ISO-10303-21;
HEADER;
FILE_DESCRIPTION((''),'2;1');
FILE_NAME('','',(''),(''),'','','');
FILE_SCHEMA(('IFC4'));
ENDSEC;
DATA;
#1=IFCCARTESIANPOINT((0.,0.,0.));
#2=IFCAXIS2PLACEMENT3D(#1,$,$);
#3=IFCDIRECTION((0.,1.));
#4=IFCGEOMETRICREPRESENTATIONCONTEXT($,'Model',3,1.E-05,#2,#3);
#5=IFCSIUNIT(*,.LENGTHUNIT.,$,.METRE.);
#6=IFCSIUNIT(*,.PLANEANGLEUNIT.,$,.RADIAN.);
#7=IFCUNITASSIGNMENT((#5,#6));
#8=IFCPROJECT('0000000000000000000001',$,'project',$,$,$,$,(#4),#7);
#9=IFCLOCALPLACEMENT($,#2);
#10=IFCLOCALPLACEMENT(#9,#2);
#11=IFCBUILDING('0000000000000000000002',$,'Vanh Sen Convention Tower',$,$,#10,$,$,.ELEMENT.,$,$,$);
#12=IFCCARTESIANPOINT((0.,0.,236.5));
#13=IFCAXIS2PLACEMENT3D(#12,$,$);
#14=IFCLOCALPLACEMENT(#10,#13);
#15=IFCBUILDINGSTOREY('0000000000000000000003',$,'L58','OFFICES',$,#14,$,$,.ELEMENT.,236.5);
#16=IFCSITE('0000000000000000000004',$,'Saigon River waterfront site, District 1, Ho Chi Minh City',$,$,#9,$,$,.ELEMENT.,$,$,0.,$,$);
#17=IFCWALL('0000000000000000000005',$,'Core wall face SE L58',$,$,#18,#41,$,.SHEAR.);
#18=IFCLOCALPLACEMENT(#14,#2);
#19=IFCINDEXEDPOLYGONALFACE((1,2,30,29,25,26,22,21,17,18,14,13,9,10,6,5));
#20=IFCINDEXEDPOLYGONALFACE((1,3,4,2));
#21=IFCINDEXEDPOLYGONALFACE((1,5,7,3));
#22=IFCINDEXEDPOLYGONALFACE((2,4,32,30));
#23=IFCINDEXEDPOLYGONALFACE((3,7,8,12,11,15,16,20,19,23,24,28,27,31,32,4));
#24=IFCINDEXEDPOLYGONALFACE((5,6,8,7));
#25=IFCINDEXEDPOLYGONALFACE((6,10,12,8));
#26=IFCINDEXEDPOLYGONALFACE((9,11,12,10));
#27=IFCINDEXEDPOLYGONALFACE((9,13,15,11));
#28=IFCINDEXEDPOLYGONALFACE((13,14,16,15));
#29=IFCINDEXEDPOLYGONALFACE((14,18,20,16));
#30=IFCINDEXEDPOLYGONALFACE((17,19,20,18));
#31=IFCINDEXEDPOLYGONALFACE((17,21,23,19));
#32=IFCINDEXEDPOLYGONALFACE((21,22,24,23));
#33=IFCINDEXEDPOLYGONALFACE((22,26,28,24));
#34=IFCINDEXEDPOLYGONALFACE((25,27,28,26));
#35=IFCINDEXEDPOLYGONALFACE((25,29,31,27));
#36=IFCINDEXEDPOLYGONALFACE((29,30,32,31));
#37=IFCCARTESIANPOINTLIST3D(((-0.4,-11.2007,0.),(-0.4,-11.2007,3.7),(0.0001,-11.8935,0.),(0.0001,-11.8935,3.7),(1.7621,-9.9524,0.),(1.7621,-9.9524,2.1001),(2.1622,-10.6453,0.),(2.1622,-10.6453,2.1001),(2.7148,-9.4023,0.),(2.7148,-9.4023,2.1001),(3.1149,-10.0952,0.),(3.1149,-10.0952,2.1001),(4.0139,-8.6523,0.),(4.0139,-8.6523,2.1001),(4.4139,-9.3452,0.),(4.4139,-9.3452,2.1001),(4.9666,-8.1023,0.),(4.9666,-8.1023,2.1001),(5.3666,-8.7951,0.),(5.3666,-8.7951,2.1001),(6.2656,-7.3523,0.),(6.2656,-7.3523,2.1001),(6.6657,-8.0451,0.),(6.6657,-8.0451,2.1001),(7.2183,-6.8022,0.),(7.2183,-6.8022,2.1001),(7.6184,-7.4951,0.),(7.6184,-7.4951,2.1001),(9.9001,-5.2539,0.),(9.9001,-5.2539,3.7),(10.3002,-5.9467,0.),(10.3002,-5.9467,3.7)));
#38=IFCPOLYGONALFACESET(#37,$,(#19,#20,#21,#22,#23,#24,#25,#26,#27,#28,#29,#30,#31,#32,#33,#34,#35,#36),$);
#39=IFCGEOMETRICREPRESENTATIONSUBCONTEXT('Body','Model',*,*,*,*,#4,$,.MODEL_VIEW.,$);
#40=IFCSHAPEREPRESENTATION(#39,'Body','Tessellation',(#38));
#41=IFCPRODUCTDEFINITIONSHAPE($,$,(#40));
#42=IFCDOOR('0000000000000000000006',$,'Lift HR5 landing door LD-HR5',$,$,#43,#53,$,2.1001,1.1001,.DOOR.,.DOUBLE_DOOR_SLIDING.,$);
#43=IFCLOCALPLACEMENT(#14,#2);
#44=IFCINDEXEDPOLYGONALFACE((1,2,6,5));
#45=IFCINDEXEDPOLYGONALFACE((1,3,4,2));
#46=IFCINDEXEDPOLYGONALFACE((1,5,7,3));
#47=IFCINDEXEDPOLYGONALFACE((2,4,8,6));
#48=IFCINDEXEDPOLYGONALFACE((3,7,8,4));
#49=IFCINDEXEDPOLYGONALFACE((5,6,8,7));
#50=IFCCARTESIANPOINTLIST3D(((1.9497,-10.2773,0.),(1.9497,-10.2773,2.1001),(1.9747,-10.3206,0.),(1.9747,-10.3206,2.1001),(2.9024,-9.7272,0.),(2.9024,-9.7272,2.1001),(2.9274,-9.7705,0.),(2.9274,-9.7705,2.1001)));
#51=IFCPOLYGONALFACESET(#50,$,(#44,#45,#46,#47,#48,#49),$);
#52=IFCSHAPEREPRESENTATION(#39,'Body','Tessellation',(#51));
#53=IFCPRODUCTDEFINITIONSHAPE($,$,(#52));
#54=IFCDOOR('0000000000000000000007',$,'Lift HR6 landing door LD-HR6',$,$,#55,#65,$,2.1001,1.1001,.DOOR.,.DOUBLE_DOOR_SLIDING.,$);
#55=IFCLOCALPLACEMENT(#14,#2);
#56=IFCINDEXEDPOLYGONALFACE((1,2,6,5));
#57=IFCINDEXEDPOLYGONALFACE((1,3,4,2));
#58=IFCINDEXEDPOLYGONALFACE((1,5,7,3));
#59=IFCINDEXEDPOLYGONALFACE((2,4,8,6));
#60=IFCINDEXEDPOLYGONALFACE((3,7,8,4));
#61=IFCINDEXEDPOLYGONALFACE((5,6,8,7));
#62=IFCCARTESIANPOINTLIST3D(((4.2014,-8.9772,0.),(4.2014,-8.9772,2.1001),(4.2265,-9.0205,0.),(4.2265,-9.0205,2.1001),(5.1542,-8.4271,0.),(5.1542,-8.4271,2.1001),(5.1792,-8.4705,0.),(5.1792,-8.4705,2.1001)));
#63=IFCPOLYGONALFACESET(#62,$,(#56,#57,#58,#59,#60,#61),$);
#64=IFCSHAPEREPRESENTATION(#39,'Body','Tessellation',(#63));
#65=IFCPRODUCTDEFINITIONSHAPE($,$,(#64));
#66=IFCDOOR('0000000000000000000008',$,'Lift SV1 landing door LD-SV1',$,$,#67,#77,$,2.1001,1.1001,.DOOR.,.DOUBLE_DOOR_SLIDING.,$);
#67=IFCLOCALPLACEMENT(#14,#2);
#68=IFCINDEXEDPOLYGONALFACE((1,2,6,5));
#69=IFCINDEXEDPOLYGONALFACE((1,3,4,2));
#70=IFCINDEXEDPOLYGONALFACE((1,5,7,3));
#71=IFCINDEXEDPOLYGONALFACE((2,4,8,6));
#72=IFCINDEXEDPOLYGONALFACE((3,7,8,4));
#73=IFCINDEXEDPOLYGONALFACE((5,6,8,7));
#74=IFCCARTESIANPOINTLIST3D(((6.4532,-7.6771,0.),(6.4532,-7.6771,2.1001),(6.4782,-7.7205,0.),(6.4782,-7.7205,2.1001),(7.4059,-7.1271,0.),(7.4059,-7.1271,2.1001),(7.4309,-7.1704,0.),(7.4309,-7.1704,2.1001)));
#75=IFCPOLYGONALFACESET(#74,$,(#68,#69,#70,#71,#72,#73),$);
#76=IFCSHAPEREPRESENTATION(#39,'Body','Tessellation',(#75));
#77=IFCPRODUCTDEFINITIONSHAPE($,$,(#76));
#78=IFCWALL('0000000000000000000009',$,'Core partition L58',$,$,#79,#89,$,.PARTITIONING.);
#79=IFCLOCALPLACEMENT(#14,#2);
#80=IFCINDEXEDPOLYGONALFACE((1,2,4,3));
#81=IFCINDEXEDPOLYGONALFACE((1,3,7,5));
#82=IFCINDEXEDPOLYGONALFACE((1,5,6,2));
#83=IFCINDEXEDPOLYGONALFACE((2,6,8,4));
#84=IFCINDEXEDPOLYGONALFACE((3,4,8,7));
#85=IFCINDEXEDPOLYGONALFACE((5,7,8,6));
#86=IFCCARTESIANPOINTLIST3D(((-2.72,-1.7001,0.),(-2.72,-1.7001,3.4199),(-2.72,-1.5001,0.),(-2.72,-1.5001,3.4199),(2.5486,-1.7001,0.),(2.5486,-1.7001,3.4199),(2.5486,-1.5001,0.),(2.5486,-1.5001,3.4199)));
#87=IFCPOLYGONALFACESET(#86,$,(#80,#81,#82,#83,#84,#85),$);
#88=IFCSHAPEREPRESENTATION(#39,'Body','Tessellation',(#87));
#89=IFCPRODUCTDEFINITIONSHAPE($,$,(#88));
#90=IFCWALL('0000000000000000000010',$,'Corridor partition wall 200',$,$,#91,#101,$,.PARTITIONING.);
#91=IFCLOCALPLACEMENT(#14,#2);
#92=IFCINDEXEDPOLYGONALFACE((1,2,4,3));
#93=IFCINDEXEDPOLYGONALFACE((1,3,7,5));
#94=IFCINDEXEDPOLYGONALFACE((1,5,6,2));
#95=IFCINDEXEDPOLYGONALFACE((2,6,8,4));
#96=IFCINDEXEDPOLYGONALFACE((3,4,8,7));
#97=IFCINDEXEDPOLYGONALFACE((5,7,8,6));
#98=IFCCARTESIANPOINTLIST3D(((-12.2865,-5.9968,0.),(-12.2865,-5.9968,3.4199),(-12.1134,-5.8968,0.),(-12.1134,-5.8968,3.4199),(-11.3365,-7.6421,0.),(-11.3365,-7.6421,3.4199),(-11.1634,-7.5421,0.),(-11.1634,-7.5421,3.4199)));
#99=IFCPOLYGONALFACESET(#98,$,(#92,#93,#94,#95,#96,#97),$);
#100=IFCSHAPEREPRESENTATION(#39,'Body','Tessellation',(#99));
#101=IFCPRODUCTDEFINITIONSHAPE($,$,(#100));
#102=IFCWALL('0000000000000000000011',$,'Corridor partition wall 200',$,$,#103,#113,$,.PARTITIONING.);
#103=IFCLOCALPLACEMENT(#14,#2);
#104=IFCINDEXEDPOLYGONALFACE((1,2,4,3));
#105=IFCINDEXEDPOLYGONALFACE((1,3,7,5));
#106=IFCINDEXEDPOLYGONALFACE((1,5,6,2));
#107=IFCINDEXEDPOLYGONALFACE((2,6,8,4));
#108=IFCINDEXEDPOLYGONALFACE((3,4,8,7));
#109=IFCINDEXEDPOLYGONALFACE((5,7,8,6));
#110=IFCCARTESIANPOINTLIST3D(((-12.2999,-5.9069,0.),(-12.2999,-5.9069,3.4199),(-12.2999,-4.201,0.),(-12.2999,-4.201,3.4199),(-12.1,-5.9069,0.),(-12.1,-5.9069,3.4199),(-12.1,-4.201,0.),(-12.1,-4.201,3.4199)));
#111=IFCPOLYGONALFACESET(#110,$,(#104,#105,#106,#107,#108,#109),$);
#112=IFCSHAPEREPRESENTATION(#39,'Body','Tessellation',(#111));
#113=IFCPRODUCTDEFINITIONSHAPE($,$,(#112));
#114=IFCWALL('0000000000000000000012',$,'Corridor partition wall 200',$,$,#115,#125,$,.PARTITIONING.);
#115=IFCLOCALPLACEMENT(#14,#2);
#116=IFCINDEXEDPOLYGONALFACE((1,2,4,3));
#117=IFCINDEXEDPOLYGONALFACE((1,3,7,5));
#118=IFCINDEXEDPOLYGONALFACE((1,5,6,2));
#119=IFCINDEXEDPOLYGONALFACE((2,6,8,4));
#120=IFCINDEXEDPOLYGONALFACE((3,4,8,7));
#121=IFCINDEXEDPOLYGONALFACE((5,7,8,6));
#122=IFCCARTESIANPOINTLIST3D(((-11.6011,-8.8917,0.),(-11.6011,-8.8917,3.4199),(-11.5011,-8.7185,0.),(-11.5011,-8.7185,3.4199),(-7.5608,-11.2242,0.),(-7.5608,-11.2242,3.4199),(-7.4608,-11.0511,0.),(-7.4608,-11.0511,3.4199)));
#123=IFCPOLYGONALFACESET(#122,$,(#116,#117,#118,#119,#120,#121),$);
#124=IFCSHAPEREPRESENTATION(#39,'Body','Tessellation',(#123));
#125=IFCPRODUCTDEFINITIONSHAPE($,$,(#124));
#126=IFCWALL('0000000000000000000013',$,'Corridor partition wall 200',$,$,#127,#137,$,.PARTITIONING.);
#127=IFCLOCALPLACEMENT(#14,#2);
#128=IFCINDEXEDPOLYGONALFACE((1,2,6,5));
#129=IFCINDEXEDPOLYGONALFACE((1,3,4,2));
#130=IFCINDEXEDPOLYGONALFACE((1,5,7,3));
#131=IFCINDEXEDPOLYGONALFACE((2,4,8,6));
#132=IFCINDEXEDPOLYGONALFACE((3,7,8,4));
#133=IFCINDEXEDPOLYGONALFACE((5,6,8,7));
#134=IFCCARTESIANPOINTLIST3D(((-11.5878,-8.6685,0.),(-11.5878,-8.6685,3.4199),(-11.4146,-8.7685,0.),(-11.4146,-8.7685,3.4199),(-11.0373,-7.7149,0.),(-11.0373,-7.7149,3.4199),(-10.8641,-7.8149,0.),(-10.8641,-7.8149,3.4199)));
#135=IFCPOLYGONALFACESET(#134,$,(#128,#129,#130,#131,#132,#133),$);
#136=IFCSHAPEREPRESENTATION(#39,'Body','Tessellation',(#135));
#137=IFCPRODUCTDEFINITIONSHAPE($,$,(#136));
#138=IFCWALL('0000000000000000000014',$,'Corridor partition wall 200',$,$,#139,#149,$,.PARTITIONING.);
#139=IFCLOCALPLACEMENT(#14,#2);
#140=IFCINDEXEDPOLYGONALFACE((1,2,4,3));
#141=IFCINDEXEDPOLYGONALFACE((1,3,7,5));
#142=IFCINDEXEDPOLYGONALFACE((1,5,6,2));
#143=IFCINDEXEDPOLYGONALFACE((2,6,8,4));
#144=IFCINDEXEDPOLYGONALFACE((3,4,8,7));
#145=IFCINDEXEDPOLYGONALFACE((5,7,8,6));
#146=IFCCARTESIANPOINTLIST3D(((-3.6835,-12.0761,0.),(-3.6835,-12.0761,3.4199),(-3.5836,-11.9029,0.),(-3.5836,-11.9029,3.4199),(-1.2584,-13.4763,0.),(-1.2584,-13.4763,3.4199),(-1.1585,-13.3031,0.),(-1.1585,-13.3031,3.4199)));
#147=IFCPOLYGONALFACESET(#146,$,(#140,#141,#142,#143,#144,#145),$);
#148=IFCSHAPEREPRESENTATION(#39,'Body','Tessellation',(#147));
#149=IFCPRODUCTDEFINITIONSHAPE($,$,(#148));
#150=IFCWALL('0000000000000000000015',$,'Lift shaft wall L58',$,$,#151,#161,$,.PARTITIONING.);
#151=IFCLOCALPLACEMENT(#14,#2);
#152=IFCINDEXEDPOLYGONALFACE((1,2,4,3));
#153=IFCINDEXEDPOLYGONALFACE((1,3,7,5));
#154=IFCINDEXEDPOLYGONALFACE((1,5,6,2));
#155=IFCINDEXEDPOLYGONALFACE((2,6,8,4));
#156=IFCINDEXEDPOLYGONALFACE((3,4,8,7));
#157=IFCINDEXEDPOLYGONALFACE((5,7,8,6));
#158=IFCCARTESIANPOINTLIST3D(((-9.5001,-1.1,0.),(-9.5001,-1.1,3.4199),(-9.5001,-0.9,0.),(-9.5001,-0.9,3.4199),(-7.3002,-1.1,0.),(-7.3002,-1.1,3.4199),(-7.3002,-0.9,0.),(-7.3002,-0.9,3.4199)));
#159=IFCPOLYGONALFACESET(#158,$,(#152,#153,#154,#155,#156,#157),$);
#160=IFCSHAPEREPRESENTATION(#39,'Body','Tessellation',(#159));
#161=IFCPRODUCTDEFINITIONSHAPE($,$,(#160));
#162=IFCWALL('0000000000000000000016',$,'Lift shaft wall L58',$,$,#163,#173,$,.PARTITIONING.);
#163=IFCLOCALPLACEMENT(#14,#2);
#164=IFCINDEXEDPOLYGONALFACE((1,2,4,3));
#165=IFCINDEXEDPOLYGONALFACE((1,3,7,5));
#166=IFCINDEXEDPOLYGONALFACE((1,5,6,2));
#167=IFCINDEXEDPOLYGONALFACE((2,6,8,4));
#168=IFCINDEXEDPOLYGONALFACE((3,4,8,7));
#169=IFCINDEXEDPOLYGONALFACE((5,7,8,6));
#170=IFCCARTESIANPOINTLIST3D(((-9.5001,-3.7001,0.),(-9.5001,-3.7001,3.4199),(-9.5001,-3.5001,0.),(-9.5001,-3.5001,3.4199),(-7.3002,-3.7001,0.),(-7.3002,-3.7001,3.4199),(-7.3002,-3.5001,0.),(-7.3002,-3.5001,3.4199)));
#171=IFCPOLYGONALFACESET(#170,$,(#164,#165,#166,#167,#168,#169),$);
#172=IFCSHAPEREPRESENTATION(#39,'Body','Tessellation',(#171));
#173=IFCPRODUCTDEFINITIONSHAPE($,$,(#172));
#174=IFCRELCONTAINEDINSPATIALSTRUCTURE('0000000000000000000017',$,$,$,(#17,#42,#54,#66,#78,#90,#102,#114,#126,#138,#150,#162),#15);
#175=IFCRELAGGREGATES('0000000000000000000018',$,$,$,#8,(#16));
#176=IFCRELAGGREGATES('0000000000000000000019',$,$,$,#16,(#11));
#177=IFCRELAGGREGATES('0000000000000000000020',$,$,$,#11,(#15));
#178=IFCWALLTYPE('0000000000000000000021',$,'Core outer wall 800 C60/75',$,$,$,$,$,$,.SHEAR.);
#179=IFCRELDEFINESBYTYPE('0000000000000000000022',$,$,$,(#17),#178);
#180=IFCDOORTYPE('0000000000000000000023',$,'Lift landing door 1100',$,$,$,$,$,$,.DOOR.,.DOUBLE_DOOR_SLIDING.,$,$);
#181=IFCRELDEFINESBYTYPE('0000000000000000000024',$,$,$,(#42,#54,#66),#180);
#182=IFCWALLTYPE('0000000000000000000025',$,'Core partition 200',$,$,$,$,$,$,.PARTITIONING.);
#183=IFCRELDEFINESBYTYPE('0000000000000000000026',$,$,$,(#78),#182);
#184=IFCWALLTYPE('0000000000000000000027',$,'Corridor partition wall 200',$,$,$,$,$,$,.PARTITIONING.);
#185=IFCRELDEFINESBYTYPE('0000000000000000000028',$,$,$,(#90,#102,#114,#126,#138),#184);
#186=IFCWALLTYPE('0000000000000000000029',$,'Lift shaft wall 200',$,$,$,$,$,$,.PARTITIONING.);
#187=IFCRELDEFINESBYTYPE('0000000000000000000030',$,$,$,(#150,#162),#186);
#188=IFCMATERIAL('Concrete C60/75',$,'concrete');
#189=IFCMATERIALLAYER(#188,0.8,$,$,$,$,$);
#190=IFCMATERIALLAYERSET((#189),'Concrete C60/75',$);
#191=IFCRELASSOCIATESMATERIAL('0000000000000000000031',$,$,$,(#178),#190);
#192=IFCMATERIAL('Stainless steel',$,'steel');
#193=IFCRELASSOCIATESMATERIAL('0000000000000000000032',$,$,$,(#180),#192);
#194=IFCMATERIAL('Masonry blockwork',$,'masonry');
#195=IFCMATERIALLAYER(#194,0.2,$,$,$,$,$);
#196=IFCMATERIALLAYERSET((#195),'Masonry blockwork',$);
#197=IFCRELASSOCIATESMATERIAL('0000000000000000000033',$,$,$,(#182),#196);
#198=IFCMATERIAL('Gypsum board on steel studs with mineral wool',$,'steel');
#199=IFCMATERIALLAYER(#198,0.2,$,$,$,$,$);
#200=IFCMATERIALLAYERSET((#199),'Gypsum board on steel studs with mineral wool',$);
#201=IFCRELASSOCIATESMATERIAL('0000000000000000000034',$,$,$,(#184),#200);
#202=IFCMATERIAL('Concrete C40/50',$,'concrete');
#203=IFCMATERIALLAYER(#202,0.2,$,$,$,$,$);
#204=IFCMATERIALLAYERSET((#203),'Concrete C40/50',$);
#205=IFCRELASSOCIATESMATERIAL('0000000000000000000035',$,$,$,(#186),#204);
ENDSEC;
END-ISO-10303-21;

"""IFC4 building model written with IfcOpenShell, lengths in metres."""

from ifc_helpers import new_model, si_unit, direction, frame, frame_2d, origin, place, context, subcontext, project, spatial, rectangle, extrude, material, layer, layer_set, type_object, element, fill, save


model = new_model("IFC4")

# Units and contexts
model_context = context("Model", 3, precision=1e-05, world=origin(), true_north=direction((0.0, 1.0)))
body_context = subcontext(model_context, "Body", "Model", "MODEL_VIEW")
ifc_project = project(units=[si_unit("LENGTHUNIT", "METRE"), si_unit("PLANEANGLEUNIT", "RADIAN")], contexts=[model_context])

# Site, building, storey
site_placement = place(None, origin())
site = spatial("IfcSite", under=ifc_project, at=site_placement, Name="Saigon River waterfront site, District 1, Ho Chi Minh City", CompositionType="ELEMENT", RefElevation=0.0)
building_placement = place(site_placement, origin())
building = spatial("IfcBuilding", under=site, at=building_placement, Name="Vanh Sen Convention Tower", CompositionType="ELEMENT")
storey_placement = place(building_placement, frame((0.0, 0.0, 236.5)))
storey = spatial("IfcBuildingStorey", under=building, at=storey_placement, Name="L58", Description="OFFICES", CompositionType="ELEMENT", Elevation=236.5)

# Shared definitions
ifc_material_1 = material(Name="Concrete C40/50", Category="concrete")

# Wall, openings, doors
ifc_material_2 = material(Name="Concrete C60/75", Category="concrete")
ifc_layer_1 = layer(ifc_material_2, 0.8)
ifc_layer_set_1 = layer_set([ifc_layer_1], Name="Concrete C60/75")
wall_type_1 = type_object("IfcWallType", Name="Core outer wall 800 C60/75", PredefinedType="SHEAR", material=ifc_layer_set_1)
ifc_material_3 = material(Name="Stainless steel", Category="steel")
door_type_1 = type_object("IfcDoorType", Name="Lift landing door 1100", OperationType="DOUBLE_DOOR_SLIDING", PredefinedType="DOOR", material=ifc_material_3)
wall_1_placement = place(storey_placement, frame((-0.2, -11.5471, 0.0), z_axis=(0.0, 0.0, 1.0), x_axis=(0.866024, 0.500003, 0.0)))
wall_1 = element("IfcWall", 1, at=wall_1_placement, inside=storey, type_object=wall_type_1, Name="Core wall face SE L58", PredefinedType="SHEAR", context=body_context, shape_type="SweptSolid", body=[
    extrude(rectangle(XDim=11.8936, YDim=0.8, at=frame_2d((5.9468, 0.0))), origin(), (0.0, 0.0, 1.0), 3.7),
])
opening_1_placement = place(wall_1_placement, frame((2.4966, 0.0, 0.0)))
opening_1 = element("IfcOpeningElement", 2, at=opening_1_placement, cuts=wall_1, PredefinedType="OPENING", context=body_context, shape_type="SweptSolid", body=[
    extrude(rectangle(XDim=1.1001, YDim=2.1001, at=frame_2d((0.55, 1.05))), frame((0.0, 0.4099, 0.0), z_axis=(0.0, -1.0, 0.0), x_axis=(1.0, 0.0, 0.0)), (0.0, 0.0, 1.0), 0.8201),
])
opening_2_placement = place(wall_1_placement, frame((5.0967, 0.0, 0.0)))
opening_2 = element("IfcOpeningElement", 3, at=opening_2_placement, cuts=wall_1, PredefinedType="OPENING", context=body_context, shape_type="SweptSolid", body=[
    extrude(rectangle(XDim=1.1001, YDim=2.1001, at=frame_2d((0.55, 1.05))), frame((0.0, 0.4099, 0.0), z_axis=(0.0, -1.0, 0.0), x_axis=(1.0, 0.0, 0.0)), (0.0, 0.0, 1.0), 0.8201),
])
opening_3_placement = place(wall_1_placement, frame((7.6968, 0.0, 0.0)))
opening_3 = element("IfcOpeningElement", 4, at=opening_3_placement, cuts=wall_1, PredefinedType="OPENING", context=body_context, shape_type="SweptSolid", body=[
    extrude(rectangle(XDim=1.1001, YDim=2.1001, at=frame_2d((0.55, 1.05))), frame((0.0, 0.4099, 0.0), z_axis=(0.0, -1.0, 0.0), x_axis=(1.0, 0.0, 0.0)), (0.0, 0.0, 1.0), 0.8201),
])
door_1_placement = place(opening_1_placement, origin())
door_1 = element("IfcDoor", 5, at=door_1_placement, inside=storey, type_object=door_type_1, Name="Lift HR5 landing door LD-HR5", OperationType="DOUBLE_DOOR_SLIDING", OverallHeight=2.1001, OverallWidth=1.1001, PredefinedType="DOOR", context=body_context, shape_type="SweptSolid", body=[
    extrude(rectangle(XDim=1.1001, YDim=2.1001, at=frame_2d((0.55, 1.05))), frame((0.0, 0.0249, 0.0), z_axis=(0.0, -1.0, 0.0), x_axis=(1.0, 0.0, 0.0)), (0.0, 0.0, 1.0), 0.05),
])
fill(opening_1, door_1)
door_2_placement = place(opening_2_placement, origin())
door_2 = element("IfcDoor", 6, at=door_2_placement, inside=storey, type_object=door_type_1, Name="Lift HR6 landing door LD-HR6", OperationType="DOUBLE_DOOR_SLIDING", OverallHeight=2.1001, OverallWidth=1.1001, PredefinedType="DOOR", context=body_context, shape_type="SweptSolid", body=[
    extrude(rectangle(XDim=1.1001, YDim=2.1001, at=frame_2d((0.55, 1.05))), frame((0.0, 0.0249, 0.0), z_axis=(0.0, -1.0, 0.0), x_axis=(1.0, 0.0, 0.0)), (0.0, 0.0, 1.0), 0.05),
])
fill(opening_2, door_2)
door_3_placement = place(opening_3_placement, origin())
door_3 = element("IfcDoor", 7, at=door_3_placement, inside=storey, type_object=door_type_1, Name="Lift SV1 landing door LD-SV1", OperationType="DOUBLE_DOOR_SLIDING", OverallHeight=2.1001, OverallWidth=1.1001, PredefinedType="DOOR", context=body_context, shape_type="SweptSolid", body=[
    extrude(rectangle(XDim=1.1001, YDim=2.1001, at=frame_2d((0.55, 1.05))), frame((0.0, 0.0249, 0.0), z_axis=(0.0, -1.0, 0.0), x_axis=(1.0, 0.0, 0.0)), (0.0, 0.0, 1.0), 0.05),
])
fill(opening_3, door_3)

# Walls
ifc_material_4 = material(Name="Masonry blockwork", Category="masonry")
ifc_layer_2 = layer(ifc_material_4, 0.2)
ifc_layer_set_2 = layer_set([ifc_layer_2], Name="Masonry blockwork")
wall_type_2 = type_object("IfcWallType", Name="Core partition 200", PredefinedType="PARTITIONING", material=ifc_layer_set_2)
wall_2_placement = place(storey_placement, frame((-2.72, -1.6001, 0.0), z_axis=(0.0, 0.0, 1.0), x_axis=(1.0, 0.0, 0.0)))
element("IfcWall", 8, at=wall_2_placement, inside=storey, type_object=wall_type_2, Name="Core partition L58", PredefinedType="PARTITIONING", context=body_context, shape_type="SweptSolid", body=[
    extrude(rectangle(XDim=5.2686, YDim=0.2, at=frame_2d((2.6343, 0.0))), origin(), (0.0, 0.0, 1.0), 3.4199),
])
ifc_material_5 = material(Name="Gypsum board on steel studs with mineral wool", Category="steel")
ifc_layer_3 = layer(ifc_material_5, 0.2)
ifc_layer_set_3 = layer_set([ifc_layer_3], Name="Gypsum board on steel studs with mineral wool")
wall_type_3 = type_object("IfcWallType", Name="Corridor partition wall 200", PredefinedType="PARTITIONING", material=ifc_layer_set_3)
wall_3_placement = place(storey_placement, frame((-12.2, -5.9468, 0.0), z_axis=(0.0, 0.0, 1.0), x_axis=(0.500023, -0.866012, 0.0)))
element("IfcWall", 9, at=wall_3_placement, inside=storey, type_object=wall_type_3, Name="Corridor partition wall 200", PredefinedType="PARTITIONING", context=body_context, shape_type="SweptSolid", body=[
    extrude(rectangle(XDim=1.8999, YDim=0.2, at=frame_2d((0.95, 0.0))), origin(), (0.0, 0.0, 1.0), 3.4199),
])
wall_4_placement = place(storey_placement, frame((-12.2, -4.2009, 0.0), z_axis=(0.0, 0.0, 1.0), x_axis=(0.0, -1.0, 0.0)))
element("IfcWall", 10, at=wall_4_placement, inside=storey, type_object=wall_type_3, Name="Corridor partition wall 200", PredefinedType="PARTITIONING", context=body_context, shape_type="SweptSolid", body=[
    extrude(rectangle(XDim=1.7058, YDim=0.2, at=frame_2d((0.853, 0.0))), origin(), (0.0, 0.0, 1.0), 3.4199),
])
wall_5_placement = place(storey_placement, frame((-11.551, -8.8052, 0.0), z_axis=(0.0, 0.0, 1.0), x_axis=(0.866038, -0.499978, 0.0)))
element("IfcWall", 11, at=wall_5_placement, inside=storey, type_object=wall_type_3, Name="Corridor partition wall 200", PredefinedType="PARTITIONING", context=body_context, shape_type="SweptSolid", body=[
    extrude(rectangle(XDim=4.6653, YDim=0.2, at=frame_2d((2.3325, 0.0))), origin(), (0.0, 0.0, 1.0), 3.4199),
])
wall_6_placement = place(storey_placement, frame((-10.9507, -7.7649, 0.0), z_axis=(0.0, 0.0, 1.0), x_axis=(-0.499978, -0.866038, 0.0)))
element("IfcWall", 12, at=wall_6_placement, inside=storey, type_object=wall_type_3, Name="Corridor partition wall 200", PredefinedType="PARTITIONING", context=body_context, shape_type="SweptSolid", body=[
    extrude(rectangle(XDim=1.1011, YDim=0.2, at=frame_2d((0.5505, 0.0))), origin(), (0.0, 0.0, 1.0), 3.4199),
])
wall_7_placement = place(storey_placement, frame((-3.6335, -11.9895, 0.0), z_axis=(0.0, 0.0, 1.0), x_axis=(0.866019, -0.500012, 0.0)))
element("IfcWall", 13, at=wall_7_placement, inside=storey, type_object=wall_type_3, Name="Corridor partition wall 200", PredefinedType="PARTITIONING", context=body_context, shape_type="SweptSolid", body=[
    extrude(rectangle(XDim=2.8003, YDim=0.2, at=frame_2d((1.4001, 0.0))), origin(), (0.0, 0.0, 1.0), 3.4199),
])
ifc_layer_4 = layer(ifc_material_1, 0.2)
ifc_layer_set_4 = layer_set([ifc_layer_4], Name="Concrete C40/50")
wall_type_4 = type_object("IfcWallType", Name="Lift shaft wall 200", PredefinedType="PARTITIONING", material=ifc_layer_set_4)
for number, where, z_axis, x_axis, name in (
    (14, (-7.3, -1.0, 0.0), (0.0, 0.0, 1.0), (-1.0, 0.0, 0.0), "Lift shaft wall L58"),
    (15, (-7.3, -3.6001, 0.0), (0.0, 0.0, 1.0), (-1.0, 0.0, 0.0), "Lift shaft wall L58"),
):
    element("IfcWall", number, at=place(storey_placement, frame(where, z_axis=z_axis, x_axis=x_axis)), inside=storey, type_object=wall_type_4, Name=name, PredefinedType="PARTITIONING", context=body_context, shape_type="SweptSolid", body=[
        extrude(rectangle(XDim=2.2, YDim=0.2, at=frame_2d((1.1001, 0.0))), origin(), (0.0, 0.0, 1.0), 3.4199),
    ])

save(model, "model.ifc")
